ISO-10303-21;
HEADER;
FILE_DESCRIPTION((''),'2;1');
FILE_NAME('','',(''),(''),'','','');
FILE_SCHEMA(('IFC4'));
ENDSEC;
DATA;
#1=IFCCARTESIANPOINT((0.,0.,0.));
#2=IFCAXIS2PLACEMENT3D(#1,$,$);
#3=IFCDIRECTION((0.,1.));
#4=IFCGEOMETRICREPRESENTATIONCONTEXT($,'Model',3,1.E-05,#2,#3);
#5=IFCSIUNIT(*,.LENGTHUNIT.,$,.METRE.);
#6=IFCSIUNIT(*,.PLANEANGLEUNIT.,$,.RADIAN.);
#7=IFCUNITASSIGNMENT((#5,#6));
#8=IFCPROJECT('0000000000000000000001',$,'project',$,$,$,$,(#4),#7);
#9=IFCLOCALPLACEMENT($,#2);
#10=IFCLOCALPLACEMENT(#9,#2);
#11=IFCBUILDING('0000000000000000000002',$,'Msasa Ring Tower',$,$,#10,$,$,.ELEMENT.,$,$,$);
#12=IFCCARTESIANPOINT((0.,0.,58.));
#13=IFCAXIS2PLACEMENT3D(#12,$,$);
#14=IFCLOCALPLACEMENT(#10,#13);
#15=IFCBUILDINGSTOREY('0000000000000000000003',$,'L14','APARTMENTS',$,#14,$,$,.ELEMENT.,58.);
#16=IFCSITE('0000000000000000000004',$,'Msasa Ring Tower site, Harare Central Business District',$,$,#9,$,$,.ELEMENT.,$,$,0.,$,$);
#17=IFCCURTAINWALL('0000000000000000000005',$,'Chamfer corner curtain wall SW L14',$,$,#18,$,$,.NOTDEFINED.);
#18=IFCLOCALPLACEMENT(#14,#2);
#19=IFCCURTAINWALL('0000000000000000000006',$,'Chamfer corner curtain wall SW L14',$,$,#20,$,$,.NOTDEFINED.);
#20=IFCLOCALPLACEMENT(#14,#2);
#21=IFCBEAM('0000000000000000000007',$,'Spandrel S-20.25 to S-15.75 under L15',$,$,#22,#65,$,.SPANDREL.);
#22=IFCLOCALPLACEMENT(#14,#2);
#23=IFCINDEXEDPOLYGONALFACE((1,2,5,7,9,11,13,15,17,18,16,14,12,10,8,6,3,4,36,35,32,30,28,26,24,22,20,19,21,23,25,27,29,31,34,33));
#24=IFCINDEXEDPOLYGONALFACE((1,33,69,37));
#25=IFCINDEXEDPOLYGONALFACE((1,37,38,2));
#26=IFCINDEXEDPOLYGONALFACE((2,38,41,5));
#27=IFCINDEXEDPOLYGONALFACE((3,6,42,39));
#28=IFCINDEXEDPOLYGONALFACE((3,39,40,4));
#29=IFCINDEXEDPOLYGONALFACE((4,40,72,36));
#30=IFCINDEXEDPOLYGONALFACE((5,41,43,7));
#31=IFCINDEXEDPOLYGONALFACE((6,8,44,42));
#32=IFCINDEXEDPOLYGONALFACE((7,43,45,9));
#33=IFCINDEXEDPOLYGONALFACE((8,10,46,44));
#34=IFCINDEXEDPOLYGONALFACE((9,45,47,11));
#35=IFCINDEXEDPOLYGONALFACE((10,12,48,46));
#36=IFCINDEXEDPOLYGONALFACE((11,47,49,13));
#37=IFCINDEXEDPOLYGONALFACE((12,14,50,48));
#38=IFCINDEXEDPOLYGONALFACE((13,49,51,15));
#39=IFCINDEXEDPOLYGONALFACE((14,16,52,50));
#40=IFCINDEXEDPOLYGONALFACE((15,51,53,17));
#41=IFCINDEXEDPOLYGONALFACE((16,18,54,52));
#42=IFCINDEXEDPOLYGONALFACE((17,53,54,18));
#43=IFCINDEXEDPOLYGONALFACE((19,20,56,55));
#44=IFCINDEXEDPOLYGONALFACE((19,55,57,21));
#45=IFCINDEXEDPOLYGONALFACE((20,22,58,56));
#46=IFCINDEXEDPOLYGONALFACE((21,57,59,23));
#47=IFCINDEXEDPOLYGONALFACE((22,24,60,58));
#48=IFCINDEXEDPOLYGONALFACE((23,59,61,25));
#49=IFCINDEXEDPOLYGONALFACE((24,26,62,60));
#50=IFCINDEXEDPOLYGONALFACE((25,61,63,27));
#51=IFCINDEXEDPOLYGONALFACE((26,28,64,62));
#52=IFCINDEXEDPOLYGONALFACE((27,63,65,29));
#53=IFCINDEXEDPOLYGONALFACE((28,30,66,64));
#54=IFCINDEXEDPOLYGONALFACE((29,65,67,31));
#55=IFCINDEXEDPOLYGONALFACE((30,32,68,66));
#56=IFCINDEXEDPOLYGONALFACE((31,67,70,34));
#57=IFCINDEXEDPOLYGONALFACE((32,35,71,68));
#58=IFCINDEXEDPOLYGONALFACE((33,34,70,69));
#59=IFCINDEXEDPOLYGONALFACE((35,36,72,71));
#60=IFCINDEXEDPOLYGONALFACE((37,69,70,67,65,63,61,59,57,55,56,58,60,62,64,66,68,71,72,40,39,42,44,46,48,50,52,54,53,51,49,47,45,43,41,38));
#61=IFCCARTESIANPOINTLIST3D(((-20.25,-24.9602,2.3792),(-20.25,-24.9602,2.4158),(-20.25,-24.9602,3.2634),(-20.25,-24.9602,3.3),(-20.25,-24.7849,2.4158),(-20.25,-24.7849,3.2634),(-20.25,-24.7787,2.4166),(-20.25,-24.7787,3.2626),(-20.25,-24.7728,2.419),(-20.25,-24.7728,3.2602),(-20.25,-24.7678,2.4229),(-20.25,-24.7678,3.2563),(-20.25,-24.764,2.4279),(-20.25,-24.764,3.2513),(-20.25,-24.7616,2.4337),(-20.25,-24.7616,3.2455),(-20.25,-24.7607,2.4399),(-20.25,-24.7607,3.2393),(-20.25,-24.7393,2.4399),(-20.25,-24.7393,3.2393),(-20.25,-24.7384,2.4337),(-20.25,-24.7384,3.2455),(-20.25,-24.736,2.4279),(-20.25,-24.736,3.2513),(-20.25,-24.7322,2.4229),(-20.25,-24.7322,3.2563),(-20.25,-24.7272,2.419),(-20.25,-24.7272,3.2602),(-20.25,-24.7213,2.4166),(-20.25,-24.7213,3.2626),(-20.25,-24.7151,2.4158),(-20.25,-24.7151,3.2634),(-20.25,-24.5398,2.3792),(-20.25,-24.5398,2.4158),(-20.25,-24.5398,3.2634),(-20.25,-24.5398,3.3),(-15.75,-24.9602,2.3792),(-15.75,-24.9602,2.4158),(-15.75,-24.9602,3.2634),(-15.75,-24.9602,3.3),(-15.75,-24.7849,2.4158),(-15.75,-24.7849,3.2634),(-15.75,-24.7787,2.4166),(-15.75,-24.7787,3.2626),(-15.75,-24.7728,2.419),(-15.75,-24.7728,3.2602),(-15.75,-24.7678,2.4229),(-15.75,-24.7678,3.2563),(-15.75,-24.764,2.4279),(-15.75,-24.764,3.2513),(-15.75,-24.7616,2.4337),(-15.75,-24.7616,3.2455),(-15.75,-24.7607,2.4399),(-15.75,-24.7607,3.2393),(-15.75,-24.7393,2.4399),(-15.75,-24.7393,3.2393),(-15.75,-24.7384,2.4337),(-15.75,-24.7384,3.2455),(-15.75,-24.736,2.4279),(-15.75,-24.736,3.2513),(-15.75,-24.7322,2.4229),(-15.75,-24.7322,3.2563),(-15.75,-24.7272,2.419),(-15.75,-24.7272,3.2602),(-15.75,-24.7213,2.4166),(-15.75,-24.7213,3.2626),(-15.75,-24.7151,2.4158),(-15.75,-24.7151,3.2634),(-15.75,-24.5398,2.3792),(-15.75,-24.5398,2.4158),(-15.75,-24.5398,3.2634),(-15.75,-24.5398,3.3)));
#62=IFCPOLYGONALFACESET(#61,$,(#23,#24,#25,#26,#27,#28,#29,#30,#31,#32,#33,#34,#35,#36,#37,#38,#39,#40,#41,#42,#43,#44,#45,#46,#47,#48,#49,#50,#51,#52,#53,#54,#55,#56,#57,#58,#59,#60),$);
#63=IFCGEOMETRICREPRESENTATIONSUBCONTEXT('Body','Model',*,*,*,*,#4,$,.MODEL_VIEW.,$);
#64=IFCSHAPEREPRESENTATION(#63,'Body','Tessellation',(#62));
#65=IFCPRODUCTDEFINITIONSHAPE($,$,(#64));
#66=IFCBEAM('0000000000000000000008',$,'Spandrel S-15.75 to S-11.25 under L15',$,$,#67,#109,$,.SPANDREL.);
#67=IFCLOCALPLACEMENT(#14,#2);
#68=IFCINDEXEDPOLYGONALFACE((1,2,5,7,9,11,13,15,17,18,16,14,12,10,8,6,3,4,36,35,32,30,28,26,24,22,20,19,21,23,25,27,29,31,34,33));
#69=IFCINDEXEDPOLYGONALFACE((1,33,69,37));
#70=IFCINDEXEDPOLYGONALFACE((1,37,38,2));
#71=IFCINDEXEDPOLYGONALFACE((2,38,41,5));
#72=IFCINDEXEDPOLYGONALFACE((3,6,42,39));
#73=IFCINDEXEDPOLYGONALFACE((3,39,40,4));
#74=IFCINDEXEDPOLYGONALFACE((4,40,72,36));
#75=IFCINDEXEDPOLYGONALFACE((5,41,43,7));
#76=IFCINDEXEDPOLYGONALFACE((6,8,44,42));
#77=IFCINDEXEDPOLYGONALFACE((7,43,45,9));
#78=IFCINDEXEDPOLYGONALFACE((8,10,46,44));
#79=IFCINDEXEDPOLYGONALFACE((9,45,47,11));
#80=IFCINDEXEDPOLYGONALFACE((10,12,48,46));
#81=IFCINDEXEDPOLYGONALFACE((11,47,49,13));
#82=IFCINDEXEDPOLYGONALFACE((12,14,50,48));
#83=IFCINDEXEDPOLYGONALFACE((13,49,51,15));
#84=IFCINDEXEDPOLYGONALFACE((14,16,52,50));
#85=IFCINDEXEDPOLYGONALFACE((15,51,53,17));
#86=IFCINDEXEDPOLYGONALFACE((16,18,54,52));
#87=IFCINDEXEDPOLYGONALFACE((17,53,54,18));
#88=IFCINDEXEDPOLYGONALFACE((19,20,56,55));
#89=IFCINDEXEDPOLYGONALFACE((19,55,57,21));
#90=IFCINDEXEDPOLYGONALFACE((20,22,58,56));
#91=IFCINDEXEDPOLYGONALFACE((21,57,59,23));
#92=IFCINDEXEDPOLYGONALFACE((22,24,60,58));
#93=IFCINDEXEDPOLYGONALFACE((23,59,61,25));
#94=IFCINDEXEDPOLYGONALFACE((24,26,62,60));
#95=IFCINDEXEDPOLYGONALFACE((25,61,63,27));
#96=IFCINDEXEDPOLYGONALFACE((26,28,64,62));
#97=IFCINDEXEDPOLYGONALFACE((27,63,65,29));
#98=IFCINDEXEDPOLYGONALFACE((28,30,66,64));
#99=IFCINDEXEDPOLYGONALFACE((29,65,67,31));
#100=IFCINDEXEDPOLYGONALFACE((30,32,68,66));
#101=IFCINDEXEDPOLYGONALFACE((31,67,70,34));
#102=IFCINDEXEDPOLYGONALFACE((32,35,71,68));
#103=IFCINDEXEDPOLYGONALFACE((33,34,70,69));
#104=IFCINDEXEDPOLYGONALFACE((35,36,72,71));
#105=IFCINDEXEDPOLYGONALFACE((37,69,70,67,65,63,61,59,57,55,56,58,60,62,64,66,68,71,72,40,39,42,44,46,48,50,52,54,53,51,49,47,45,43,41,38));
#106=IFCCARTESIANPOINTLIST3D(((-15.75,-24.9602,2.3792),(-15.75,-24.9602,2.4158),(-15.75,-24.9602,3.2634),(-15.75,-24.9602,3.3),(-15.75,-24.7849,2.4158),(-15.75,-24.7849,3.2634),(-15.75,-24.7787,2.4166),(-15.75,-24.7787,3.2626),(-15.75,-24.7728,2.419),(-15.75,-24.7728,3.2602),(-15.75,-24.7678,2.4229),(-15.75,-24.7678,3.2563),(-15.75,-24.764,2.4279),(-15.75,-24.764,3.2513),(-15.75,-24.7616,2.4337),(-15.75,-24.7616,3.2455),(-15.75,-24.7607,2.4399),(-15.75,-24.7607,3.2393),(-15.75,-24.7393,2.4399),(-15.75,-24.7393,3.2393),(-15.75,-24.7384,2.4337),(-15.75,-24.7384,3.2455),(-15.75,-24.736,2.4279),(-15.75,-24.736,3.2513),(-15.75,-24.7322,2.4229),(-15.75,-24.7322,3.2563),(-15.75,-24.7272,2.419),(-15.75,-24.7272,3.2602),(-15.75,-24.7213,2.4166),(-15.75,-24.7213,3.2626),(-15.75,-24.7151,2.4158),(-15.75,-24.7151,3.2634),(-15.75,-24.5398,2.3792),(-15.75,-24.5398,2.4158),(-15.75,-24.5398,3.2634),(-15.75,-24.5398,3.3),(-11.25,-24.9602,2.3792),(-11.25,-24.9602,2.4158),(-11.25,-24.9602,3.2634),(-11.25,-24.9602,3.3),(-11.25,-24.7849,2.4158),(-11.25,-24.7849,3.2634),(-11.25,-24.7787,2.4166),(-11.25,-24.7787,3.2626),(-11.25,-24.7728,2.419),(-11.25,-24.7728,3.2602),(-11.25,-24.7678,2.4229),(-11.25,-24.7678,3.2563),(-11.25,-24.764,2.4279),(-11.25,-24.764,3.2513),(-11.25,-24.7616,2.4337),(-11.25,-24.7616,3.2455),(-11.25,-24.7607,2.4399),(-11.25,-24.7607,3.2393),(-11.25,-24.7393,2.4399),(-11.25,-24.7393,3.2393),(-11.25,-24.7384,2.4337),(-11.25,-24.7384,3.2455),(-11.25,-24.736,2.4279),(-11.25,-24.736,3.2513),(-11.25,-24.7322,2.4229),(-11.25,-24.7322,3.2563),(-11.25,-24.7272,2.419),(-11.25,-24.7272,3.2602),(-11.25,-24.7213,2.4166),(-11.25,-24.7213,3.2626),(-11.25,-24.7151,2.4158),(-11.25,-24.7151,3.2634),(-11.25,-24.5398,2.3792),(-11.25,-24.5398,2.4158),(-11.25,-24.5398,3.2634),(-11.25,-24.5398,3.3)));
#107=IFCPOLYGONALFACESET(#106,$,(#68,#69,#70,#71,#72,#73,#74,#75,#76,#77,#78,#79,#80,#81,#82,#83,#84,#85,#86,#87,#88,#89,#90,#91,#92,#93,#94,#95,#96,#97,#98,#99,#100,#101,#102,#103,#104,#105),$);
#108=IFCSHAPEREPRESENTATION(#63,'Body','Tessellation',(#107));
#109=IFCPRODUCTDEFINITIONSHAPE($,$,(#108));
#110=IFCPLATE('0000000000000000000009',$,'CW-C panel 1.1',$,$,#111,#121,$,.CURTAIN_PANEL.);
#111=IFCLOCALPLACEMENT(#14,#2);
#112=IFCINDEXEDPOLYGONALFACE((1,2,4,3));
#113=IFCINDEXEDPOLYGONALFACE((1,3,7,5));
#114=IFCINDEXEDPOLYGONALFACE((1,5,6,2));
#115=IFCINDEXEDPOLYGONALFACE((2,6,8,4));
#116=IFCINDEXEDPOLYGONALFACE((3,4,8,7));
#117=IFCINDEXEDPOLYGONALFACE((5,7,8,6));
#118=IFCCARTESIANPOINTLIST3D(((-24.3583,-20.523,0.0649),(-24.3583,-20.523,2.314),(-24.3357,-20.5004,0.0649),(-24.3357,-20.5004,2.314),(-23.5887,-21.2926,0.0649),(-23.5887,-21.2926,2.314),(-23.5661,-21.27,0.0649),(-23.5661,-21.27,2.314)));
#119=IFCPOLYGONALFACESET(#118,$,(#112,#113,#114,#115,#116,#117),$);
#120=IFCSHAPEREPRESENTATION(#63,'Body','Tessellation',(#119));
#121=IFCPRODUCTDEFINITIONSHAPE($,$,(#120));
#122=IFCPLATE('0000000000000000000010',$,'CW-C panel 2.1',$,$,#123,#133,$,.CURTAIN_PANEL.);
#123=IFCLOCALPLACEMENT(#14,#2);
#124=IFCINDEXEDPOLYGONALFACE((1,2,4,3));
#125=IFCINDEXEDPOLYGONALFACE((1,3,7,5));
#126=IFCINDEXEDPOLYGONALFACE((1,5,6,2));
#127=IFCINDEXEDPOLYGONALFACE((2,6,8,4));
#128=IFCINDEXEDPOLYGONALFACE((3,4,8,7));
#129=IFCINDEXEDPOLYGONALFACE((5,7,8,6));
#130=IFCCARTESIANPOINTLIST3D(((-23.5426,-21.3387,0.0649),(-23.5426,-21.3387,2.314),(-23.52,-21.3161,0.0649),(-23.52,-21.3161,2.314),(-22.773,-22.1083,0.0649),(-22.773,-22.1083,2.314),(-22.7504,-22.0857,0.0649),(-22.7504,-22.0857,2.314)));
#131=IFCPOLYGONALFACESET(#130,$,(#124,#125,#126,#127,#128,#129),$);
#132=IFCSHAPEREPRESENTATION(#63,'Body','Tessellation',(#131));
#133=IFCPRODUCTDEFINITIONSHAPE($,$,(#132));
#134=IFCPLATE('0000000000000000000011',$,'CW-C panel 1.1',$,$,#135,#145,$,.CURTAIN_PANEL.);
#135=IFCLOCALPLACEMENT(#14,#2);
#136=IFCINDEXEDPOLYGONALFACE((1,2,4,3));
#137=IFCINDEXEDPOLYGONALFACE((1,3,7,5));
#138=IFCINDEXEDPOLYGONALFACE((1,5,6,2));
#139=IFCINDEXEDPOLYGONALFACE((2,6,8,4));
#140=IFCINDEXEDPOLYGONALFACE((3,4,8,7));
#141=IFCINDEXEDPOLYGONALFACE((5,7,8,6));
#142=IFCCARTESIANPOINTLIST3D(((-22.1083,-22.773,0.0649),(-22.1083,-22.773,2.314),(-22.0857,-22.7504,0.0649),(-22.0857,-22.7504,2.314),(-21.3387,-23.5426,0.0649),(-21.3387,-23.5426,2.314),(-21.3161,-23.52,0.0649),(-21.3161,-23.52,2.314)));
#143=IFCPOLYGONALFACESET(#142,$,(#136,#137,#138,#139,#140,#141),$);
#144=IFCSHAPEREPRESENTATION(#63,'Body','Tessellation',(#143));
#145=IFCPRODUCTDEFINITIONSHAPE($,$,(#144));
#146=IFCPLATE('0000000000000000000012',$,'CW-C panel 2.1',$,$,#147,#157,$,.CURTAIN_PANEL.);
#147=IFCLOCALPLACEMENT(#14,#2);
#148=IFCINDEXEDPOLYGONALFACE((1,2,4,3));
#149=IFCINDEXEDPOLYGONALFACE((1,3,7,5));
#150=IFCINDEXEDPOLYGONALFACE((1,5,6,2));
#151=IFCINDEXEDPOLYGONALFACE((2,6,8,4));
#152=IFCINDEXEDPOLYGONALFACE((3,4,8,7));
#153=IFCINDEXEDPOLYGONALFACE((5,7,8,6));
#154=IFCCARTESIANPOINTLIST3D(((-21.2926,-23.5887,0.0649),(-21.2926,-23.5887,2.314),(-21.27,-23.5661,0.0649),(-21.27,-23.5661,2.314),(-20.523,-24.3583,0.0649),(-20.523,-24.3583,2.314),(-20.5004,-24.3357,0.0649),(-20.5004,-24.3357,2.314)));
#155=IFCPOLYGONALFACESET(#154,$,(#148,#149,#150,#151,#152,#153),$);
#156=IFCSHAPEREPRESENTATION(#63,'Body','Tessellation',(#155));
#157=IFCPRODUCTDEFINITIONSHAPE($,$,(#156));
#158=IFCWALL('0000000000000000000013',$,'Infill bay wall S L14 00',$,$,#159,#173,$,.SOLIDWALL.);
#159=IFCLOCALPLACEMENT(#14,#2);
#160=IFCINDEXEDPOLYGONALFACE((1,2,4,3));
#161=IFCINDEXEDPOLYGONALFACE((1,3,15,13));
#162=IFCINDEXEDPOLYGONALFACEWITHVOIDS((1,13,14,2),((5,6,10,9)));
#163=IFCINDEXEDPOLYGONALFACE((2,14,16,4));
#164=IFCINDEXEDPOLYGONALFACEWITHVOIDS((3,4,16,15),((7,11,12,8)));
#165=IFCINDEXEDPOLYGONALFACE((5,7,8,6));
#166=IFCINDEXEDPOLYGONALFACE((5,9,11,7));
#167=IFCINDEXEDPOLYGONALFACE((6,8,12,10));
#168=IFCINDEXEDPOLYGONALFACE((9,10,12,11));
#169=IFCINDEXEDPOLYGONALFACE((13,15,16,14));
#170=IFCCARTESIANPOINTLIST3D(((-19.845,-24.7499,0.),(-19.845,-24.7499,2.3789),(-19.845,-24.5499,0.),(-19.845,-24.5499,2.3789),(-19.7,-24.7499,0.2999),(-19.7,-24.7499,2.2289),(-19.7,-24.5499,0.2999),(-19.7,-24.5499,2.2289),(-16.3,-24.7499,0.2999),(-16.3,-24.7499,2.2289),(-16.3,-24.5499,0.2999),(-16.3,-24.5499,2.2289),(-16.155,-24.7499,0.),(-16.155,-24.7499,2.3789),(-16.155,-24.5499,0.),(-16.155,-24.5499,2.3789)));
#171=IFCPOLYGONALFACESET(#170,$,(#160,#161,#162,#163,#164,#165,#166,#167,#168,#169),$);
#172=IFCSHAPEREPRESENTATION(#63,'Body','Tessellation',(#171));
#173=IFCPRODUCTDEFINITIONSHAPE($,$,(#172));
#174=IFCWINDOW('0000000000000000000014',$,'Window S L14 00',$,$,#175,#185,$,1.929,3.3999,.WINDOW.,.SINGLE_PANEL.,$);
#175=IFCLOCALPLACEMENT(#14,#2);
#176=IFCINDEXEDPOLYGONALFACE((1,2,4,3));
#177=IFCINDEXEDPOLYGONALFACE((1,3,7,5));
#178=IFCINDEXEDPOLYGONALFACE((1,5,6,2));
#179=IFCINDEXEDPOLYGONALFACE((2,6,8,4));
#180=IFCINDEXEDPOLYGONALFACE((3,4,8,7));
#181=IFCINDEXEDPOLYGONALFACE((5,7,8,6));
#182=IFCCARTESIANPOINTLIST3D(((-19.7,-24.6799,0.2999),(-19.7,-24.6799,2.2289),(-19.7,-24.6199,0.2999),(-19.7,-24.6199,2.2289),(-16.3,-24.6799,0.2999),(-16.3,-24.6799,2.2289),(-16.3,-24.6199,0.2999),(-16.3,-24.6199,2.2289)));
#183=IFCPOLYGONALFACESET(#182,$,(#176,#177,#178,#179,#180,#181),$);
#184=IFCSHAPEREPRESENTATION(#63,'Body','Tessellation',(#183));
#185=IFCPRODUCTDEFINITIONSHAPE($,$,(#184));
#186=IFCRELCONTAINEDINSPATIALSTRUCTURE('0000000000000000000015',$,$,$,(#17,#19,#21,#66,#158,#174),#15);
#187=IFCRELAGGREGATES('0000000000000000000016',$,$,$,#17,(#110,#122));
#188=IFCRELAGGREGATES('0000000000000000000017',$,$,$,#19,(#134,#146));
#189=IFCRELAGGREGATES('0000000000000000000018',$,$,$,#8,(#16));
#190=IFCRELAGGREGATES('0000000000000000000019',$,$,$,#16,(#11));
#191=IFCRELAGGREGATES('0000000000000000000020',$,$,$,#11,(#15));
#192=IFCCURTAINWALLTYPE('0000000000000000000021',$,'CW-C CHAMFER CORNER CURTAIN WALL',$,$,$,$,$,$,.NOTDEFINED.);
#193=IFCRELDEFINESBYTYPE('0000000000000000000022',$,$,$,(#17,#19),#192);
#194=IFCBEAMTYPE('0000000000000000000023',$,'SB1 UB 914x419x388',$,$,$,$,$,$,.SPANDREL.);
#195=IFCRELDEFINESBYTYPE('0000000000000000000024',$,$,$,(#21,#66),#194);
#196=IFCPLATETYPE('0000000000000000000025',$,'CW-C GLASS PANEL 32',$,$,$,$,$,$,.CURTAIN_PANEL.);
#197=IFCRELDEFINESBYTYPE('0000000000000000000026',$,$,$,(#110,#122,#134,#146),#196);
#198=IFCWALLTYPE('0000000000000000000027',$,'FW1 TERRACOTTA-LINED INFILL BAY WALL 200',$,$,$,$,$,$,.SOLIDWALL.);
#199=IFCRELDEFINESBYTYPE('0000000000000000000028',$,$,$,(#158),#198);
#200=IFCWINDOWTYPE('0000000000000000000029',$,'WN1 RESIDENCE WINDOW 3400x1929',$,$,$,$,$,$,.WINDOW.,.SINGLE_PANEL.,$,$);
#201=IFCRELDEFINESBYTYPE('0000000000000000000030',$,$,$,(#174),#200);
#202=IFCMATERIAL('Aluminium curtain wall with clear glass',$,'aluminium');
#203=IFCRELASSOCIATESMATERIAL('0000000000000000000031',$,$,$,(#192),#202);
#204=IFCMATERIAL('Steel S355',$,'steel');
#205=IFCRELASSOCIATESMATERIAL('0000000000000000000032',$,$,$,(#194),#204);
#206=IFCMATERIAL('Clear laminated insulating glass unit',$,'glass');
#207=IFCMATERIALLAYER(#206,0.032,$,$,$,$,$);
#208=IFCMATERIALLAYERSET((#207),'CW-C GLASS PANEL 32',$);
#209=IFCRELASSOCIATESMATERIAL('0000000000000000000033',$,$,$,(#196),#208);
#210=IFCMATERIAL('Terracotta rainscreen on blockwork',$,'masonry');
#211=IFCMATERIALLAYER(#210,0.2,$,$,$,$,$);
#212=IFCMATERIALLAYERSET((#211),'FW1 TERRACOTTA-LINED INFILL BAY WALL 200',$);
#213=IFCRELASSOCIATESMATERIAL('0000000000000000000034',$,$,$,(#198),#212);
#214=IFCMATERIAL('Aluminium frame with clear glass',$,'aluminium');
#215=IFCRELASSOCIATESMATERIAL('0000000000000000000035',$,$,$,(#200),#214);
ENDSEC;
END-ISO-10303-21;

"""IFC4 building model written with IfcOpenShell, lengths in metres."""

from ifc_helpers import new_model, si_unit, direction, frame, frame_2d, origin, origin_2d, place, context, subcontext, project, spatial, rectangle, i_section, extrude, material, layer, layer_set, material_profile, profile_set, type_object, element, fill, aggregate, save


model = new_model("IFC4")

# Units and contexts
model_context = context("Model", 3, precision=1e-05, world=origin(), true_north=direction((0.0, 1.0)))
body_context = subcontext(model_context, "Body", "Model", "MODEL_VIEW")
ifc_project = project(units=[si_unit("LENGTHUNIT", "METRE"), si_unit("PLANEANGLEUNIT", "RADIAN")], contexts=[model_context])

# Site, building, storey
site_placement = place(None, origin())
site = spatial("IfcSite", under=ifc_project, at=site_placement, Name="Msasa Ring Tower site, Harare Central Business District", CompositionType="ELEMENT", RefElevation=0.0)
building_placement = place(site_placement, origin())
building = spatial("IfcBuilding", under=site, at=building_placement, Name="Msasa Ring Tower", CompositionType="ELEMENT")
storey_placement = place(building_placement, frame((0.0, 0.0, 58.0)))
storey = spatial("IfcBuildingStorey", under=building, at=storey_placement, Name="L14", Description="APARTMENTS", CompositionType="ELEMENT", Elevation=58.0)

# Curtain walls
ifc_material_1 = material(Name="Aluminium curtain wall with clear glass", Category="aluminium")
curtain_wall_type = type_object("IfcCurtainWallType", Name="CW-C CHAMFER CORNER CURTAIN WALL", PredefinedType="NOTDEFINED", material=ifc_material_1)
curtain_wall_1_placement = place(storey_placement, origin())
curtain_wall_1 = element("IfcCurtainWall", 1, at=curtain_wall_1_placement, inside=storey, type_object=curtain_wall_type, Name="Chamfer corner curtain wall SW L14", PredefinedType="NOTDEFINED")
curtain_wall_2_placement = place(storey_placement, origin())
curtain_wall_2 = element("IfcCurtainWall", 2, at=curtain_wall_2_placement, inside=storey, type_object=curtain_wall_type, Name="Chamfer corner curtain wall SW L14", PredefinedType="NOTDEFINED")

# Beams
ifc_material_2 = material(Name="Steel S355", Category="steel")
ifc_material_profile_1 = material_profile(ifc_material_2, i_section(OverallWidth=0.4204, OverallDepth=0.9209, WebThickness=0.0215, FlangeThickness=0.0366, FilletRadius=0.0242, at=origin_2d()), Name="UB 914x419x388")
ifc_profile_set_1 = profile_set([ifc_material_profile_1], Name="Steel S355")
beam_type_1 = type_object("IfcBeamType", Name="SB1 UB 914x419x388", PredefinedType="SPANDREL", material=ifc_profile_set_1)
for number, where, z_axis, x_axis, name in (
    (3, (-20.25, -24.75, 2.8396), (1.0, 0.0, 0.0), (0.0, 1.0, 0.0), "Spandrel S-20.25 to S-15.75 under L15"),
    (4, (-15.75, -24.75, 2.8396), (1.0, 0.0, 0.0), (0.0, 1.0, 0.0), "Spandrel S-15.75 to S-11.25 under L15"),
):
    element("IfcBeam", number, at=place(storey_placement, frame(where, z_axis=z_axis, x_axis=x_axis)), inside=storey, type_object=beam_type_1, Name=name, PredefinedType="SPANDREL", context=body_context, shape_type="SweptSolid", body=[
        extrude(i_section(OverallWidth=0.4204, OverallDepth=0.9209, WebThickness=0.0215, FlangeThickness=0.0366, FilletRadius=0.0242, at=origin_2d()), origin(), (0.0, 0.0, 1.0), 4.5),
    ])

# Plates
ifc_material_3 = material(Name="Clear laminated insulating glass unit", Category="glass")
ifc_layer_1 = layer(ifc_material_3, 0.032)
ifc_layer_set_1 = layer_set([ifc_layer_1], Name="CW-C GLASS PANEL 32")
plate_type = type_object("IfcPlateType", Name="CW-C GLASS PANEL 32", PredefinedType="CURTAIN_PANEL", material=ifc_layer_set_1)
plate_1_placement = place(storey_placement, frame((-23.9622, -20.8965, 0.0649), z_axis=(0.0, 0.0, 1.0), x_axis=(0.707107, -0.707107, 0.0)))
plate_1 = element("IfcPlate", 5, at=plate_1_placement, type_object=plate_type, Name="CW-C panel 1.1", PredefinedType="CURTAIN_PANEL", context=body_context, shape_type="SweptSolid", body=[
    extrude(rectangle(XDim=1.0884, YDim=0.032, at=origin_2d()), origin(), (0.0, 0.0, 1.0), 2.249),
])
plate_2_placement = place(storey_placement, frame((-23.1465, -21.7122, 0.0649), z_axis=(0.0, 0.0, 1.0), x_axis=(0.707107, -0.707107, 0.0)))
plate_2 = element("IfcPlate", 6, at=plate_2_placement, type_object=plate_type, Name="CW-C panel 2.1", PredefinedType="CURTAIN_PANEL", context=body_context, shape_type="SweptSolid", body=[
    extrude(rectangle(XDim=1.0884, YDim=0.032, at=origin_2d()), origin(), (0.0, 0.0, 1.0), 2.249),
])
aggregate(curtain_wall_1, [plate_1, plate_2])
plate_3_placement = place(storey_placement, frame((-21.7122, -23.1465, 0.0649), z_axis=(0.0, 0.0, 1.0), x_axis=(0.707107, -0.707107, 0.0)))
plate_3 = element("IfcPlate", 7, at=plate_3_placement, type_object=plate_type, Name="CW-C panel 1.1", PredefinedType="CURTAIN_PANEL", context=body_context, shape_type="SweptSolid", body=[
    extrude(rectangle(XDim=1.0884, YDim=0.032, at=origin_2d()), origin(), (0.0, 0.0, 1.0), 2.249),
])
plate_4_placement = place(storey_placement, frame((-20.8965, -23.9622, 0.0649), z_axis=(0.0, 0.0, 1.0), x_axis=(0.707107, -0.707107, 0.0)))
plate_4 = element("IfcPlate", 8, at=plate_4_placement, type_object=plate_type, Name="CW-C panel 2.1", PredefinedType="CURTAIN_PANEL", context=body_context, shape_type="SweptSolid", body=[
    extrude(rectangle(XDim=1.0884, YDim=0.032, at=origin_2d()), origin(), (0.0, 0.0, 1.0), 2.249),
])
aggregate(curtain_wall_2, [plate_3, plate_4])

# Wall, opening, window
ifc_material_4 = material(Name="Terracotta rainscreen on blockwork", Category="masonry")
ifc_layer_2 = layer(ifc_material_4, 0.2)
ifc_layer_set_2 = layer_set([ifc_layer_2], Name="FW1 TERRACOTTA-LINED INFILL BAY WALL 200")
wall_type_1 = type_object("IfcWallType", Name="FW1 TERRACOTTA-LINED INFILL BAY WALL 200", PredefinedType="SOLIDWALL", material=ifc_layer_set_2)
wall_1_placement = place(storey_placement, frame((-19.845, -24.6499, 0.0), z_axis=(0.0, 0.0, 1.0), x_axis=(1.0, 0.0, 0.0)))
wall_1 = element("IfcWall", 9, at=wall_1_placement, inside=storey, type_object=wall_type_1, Name="Infill bay wall S L14 00", PredefinedType="SOLIDWALL", context=body_context, shape_type="SweptSolid", body=[
    extrude(rectangle(XDim=3.6899, YDim=0.2, at=frame_2d((1.845, 0.0))), origin(), (0.0, 0.0, 1.0), 2.3789),
])
opening_1_placement = place(wall_1_placement, frame((0.145, 0.0, 0.3)))
opening_1 = element("IfcOpeningElement", 10, at=opening_1_placement, cuts=wall_1, PredefinedType="OPENING", context=body_context, shape_type="SweptSolid", body=[
    extrude(rectangle(XDim=3.3999, YDim=1.929, at=frame_2d((1.7, 0.9644))), frame((0.0, 0.1099, 0.0), z_axis=(0.0, -1.0, 0.0), x_axis=(1.0, 0.0, 0.0)), (0.0, 0.0, 1.0), 0.22),
])
ifc_material_5 = material(Name="Aluminium frame with clear glass", Category="aluminium")
window_type = type_object("IfcWindowType", Name="WN1 RESIDENCE WINDOW 3400x1929", PartitioningType="SINGLE_PANEL", PredefinedType="WINDOW", material=ifc_material_5)
window_1_placement = place(opening_1_placement, origin())
window_1 = element("IfcWindow", 11, at=window_1_placement, inside=storey, type_object=window_type, Name="Window S L14 00", OverallHeight=1.929, OverallWidth=3.3999, PartitioningType="SINGLE_PANEL", PredefinedType="WINDOW", context=body_context, shape_type="SweptSolid", body=[
    extrude(rectangle(XDim=3.3999, YDim=1.929, at=frame_2d((1.7, 0.9644))), frame((0.0, 0.03, 0.0), z_axis=(0.0, -1.0, 0.0), x_axis=(1.0, 0.0, 0.0)), (0.0, 0.0, 1.0), 0.0601),
])
fill(opening_1, window_1)

save(model, "model.ifc")
